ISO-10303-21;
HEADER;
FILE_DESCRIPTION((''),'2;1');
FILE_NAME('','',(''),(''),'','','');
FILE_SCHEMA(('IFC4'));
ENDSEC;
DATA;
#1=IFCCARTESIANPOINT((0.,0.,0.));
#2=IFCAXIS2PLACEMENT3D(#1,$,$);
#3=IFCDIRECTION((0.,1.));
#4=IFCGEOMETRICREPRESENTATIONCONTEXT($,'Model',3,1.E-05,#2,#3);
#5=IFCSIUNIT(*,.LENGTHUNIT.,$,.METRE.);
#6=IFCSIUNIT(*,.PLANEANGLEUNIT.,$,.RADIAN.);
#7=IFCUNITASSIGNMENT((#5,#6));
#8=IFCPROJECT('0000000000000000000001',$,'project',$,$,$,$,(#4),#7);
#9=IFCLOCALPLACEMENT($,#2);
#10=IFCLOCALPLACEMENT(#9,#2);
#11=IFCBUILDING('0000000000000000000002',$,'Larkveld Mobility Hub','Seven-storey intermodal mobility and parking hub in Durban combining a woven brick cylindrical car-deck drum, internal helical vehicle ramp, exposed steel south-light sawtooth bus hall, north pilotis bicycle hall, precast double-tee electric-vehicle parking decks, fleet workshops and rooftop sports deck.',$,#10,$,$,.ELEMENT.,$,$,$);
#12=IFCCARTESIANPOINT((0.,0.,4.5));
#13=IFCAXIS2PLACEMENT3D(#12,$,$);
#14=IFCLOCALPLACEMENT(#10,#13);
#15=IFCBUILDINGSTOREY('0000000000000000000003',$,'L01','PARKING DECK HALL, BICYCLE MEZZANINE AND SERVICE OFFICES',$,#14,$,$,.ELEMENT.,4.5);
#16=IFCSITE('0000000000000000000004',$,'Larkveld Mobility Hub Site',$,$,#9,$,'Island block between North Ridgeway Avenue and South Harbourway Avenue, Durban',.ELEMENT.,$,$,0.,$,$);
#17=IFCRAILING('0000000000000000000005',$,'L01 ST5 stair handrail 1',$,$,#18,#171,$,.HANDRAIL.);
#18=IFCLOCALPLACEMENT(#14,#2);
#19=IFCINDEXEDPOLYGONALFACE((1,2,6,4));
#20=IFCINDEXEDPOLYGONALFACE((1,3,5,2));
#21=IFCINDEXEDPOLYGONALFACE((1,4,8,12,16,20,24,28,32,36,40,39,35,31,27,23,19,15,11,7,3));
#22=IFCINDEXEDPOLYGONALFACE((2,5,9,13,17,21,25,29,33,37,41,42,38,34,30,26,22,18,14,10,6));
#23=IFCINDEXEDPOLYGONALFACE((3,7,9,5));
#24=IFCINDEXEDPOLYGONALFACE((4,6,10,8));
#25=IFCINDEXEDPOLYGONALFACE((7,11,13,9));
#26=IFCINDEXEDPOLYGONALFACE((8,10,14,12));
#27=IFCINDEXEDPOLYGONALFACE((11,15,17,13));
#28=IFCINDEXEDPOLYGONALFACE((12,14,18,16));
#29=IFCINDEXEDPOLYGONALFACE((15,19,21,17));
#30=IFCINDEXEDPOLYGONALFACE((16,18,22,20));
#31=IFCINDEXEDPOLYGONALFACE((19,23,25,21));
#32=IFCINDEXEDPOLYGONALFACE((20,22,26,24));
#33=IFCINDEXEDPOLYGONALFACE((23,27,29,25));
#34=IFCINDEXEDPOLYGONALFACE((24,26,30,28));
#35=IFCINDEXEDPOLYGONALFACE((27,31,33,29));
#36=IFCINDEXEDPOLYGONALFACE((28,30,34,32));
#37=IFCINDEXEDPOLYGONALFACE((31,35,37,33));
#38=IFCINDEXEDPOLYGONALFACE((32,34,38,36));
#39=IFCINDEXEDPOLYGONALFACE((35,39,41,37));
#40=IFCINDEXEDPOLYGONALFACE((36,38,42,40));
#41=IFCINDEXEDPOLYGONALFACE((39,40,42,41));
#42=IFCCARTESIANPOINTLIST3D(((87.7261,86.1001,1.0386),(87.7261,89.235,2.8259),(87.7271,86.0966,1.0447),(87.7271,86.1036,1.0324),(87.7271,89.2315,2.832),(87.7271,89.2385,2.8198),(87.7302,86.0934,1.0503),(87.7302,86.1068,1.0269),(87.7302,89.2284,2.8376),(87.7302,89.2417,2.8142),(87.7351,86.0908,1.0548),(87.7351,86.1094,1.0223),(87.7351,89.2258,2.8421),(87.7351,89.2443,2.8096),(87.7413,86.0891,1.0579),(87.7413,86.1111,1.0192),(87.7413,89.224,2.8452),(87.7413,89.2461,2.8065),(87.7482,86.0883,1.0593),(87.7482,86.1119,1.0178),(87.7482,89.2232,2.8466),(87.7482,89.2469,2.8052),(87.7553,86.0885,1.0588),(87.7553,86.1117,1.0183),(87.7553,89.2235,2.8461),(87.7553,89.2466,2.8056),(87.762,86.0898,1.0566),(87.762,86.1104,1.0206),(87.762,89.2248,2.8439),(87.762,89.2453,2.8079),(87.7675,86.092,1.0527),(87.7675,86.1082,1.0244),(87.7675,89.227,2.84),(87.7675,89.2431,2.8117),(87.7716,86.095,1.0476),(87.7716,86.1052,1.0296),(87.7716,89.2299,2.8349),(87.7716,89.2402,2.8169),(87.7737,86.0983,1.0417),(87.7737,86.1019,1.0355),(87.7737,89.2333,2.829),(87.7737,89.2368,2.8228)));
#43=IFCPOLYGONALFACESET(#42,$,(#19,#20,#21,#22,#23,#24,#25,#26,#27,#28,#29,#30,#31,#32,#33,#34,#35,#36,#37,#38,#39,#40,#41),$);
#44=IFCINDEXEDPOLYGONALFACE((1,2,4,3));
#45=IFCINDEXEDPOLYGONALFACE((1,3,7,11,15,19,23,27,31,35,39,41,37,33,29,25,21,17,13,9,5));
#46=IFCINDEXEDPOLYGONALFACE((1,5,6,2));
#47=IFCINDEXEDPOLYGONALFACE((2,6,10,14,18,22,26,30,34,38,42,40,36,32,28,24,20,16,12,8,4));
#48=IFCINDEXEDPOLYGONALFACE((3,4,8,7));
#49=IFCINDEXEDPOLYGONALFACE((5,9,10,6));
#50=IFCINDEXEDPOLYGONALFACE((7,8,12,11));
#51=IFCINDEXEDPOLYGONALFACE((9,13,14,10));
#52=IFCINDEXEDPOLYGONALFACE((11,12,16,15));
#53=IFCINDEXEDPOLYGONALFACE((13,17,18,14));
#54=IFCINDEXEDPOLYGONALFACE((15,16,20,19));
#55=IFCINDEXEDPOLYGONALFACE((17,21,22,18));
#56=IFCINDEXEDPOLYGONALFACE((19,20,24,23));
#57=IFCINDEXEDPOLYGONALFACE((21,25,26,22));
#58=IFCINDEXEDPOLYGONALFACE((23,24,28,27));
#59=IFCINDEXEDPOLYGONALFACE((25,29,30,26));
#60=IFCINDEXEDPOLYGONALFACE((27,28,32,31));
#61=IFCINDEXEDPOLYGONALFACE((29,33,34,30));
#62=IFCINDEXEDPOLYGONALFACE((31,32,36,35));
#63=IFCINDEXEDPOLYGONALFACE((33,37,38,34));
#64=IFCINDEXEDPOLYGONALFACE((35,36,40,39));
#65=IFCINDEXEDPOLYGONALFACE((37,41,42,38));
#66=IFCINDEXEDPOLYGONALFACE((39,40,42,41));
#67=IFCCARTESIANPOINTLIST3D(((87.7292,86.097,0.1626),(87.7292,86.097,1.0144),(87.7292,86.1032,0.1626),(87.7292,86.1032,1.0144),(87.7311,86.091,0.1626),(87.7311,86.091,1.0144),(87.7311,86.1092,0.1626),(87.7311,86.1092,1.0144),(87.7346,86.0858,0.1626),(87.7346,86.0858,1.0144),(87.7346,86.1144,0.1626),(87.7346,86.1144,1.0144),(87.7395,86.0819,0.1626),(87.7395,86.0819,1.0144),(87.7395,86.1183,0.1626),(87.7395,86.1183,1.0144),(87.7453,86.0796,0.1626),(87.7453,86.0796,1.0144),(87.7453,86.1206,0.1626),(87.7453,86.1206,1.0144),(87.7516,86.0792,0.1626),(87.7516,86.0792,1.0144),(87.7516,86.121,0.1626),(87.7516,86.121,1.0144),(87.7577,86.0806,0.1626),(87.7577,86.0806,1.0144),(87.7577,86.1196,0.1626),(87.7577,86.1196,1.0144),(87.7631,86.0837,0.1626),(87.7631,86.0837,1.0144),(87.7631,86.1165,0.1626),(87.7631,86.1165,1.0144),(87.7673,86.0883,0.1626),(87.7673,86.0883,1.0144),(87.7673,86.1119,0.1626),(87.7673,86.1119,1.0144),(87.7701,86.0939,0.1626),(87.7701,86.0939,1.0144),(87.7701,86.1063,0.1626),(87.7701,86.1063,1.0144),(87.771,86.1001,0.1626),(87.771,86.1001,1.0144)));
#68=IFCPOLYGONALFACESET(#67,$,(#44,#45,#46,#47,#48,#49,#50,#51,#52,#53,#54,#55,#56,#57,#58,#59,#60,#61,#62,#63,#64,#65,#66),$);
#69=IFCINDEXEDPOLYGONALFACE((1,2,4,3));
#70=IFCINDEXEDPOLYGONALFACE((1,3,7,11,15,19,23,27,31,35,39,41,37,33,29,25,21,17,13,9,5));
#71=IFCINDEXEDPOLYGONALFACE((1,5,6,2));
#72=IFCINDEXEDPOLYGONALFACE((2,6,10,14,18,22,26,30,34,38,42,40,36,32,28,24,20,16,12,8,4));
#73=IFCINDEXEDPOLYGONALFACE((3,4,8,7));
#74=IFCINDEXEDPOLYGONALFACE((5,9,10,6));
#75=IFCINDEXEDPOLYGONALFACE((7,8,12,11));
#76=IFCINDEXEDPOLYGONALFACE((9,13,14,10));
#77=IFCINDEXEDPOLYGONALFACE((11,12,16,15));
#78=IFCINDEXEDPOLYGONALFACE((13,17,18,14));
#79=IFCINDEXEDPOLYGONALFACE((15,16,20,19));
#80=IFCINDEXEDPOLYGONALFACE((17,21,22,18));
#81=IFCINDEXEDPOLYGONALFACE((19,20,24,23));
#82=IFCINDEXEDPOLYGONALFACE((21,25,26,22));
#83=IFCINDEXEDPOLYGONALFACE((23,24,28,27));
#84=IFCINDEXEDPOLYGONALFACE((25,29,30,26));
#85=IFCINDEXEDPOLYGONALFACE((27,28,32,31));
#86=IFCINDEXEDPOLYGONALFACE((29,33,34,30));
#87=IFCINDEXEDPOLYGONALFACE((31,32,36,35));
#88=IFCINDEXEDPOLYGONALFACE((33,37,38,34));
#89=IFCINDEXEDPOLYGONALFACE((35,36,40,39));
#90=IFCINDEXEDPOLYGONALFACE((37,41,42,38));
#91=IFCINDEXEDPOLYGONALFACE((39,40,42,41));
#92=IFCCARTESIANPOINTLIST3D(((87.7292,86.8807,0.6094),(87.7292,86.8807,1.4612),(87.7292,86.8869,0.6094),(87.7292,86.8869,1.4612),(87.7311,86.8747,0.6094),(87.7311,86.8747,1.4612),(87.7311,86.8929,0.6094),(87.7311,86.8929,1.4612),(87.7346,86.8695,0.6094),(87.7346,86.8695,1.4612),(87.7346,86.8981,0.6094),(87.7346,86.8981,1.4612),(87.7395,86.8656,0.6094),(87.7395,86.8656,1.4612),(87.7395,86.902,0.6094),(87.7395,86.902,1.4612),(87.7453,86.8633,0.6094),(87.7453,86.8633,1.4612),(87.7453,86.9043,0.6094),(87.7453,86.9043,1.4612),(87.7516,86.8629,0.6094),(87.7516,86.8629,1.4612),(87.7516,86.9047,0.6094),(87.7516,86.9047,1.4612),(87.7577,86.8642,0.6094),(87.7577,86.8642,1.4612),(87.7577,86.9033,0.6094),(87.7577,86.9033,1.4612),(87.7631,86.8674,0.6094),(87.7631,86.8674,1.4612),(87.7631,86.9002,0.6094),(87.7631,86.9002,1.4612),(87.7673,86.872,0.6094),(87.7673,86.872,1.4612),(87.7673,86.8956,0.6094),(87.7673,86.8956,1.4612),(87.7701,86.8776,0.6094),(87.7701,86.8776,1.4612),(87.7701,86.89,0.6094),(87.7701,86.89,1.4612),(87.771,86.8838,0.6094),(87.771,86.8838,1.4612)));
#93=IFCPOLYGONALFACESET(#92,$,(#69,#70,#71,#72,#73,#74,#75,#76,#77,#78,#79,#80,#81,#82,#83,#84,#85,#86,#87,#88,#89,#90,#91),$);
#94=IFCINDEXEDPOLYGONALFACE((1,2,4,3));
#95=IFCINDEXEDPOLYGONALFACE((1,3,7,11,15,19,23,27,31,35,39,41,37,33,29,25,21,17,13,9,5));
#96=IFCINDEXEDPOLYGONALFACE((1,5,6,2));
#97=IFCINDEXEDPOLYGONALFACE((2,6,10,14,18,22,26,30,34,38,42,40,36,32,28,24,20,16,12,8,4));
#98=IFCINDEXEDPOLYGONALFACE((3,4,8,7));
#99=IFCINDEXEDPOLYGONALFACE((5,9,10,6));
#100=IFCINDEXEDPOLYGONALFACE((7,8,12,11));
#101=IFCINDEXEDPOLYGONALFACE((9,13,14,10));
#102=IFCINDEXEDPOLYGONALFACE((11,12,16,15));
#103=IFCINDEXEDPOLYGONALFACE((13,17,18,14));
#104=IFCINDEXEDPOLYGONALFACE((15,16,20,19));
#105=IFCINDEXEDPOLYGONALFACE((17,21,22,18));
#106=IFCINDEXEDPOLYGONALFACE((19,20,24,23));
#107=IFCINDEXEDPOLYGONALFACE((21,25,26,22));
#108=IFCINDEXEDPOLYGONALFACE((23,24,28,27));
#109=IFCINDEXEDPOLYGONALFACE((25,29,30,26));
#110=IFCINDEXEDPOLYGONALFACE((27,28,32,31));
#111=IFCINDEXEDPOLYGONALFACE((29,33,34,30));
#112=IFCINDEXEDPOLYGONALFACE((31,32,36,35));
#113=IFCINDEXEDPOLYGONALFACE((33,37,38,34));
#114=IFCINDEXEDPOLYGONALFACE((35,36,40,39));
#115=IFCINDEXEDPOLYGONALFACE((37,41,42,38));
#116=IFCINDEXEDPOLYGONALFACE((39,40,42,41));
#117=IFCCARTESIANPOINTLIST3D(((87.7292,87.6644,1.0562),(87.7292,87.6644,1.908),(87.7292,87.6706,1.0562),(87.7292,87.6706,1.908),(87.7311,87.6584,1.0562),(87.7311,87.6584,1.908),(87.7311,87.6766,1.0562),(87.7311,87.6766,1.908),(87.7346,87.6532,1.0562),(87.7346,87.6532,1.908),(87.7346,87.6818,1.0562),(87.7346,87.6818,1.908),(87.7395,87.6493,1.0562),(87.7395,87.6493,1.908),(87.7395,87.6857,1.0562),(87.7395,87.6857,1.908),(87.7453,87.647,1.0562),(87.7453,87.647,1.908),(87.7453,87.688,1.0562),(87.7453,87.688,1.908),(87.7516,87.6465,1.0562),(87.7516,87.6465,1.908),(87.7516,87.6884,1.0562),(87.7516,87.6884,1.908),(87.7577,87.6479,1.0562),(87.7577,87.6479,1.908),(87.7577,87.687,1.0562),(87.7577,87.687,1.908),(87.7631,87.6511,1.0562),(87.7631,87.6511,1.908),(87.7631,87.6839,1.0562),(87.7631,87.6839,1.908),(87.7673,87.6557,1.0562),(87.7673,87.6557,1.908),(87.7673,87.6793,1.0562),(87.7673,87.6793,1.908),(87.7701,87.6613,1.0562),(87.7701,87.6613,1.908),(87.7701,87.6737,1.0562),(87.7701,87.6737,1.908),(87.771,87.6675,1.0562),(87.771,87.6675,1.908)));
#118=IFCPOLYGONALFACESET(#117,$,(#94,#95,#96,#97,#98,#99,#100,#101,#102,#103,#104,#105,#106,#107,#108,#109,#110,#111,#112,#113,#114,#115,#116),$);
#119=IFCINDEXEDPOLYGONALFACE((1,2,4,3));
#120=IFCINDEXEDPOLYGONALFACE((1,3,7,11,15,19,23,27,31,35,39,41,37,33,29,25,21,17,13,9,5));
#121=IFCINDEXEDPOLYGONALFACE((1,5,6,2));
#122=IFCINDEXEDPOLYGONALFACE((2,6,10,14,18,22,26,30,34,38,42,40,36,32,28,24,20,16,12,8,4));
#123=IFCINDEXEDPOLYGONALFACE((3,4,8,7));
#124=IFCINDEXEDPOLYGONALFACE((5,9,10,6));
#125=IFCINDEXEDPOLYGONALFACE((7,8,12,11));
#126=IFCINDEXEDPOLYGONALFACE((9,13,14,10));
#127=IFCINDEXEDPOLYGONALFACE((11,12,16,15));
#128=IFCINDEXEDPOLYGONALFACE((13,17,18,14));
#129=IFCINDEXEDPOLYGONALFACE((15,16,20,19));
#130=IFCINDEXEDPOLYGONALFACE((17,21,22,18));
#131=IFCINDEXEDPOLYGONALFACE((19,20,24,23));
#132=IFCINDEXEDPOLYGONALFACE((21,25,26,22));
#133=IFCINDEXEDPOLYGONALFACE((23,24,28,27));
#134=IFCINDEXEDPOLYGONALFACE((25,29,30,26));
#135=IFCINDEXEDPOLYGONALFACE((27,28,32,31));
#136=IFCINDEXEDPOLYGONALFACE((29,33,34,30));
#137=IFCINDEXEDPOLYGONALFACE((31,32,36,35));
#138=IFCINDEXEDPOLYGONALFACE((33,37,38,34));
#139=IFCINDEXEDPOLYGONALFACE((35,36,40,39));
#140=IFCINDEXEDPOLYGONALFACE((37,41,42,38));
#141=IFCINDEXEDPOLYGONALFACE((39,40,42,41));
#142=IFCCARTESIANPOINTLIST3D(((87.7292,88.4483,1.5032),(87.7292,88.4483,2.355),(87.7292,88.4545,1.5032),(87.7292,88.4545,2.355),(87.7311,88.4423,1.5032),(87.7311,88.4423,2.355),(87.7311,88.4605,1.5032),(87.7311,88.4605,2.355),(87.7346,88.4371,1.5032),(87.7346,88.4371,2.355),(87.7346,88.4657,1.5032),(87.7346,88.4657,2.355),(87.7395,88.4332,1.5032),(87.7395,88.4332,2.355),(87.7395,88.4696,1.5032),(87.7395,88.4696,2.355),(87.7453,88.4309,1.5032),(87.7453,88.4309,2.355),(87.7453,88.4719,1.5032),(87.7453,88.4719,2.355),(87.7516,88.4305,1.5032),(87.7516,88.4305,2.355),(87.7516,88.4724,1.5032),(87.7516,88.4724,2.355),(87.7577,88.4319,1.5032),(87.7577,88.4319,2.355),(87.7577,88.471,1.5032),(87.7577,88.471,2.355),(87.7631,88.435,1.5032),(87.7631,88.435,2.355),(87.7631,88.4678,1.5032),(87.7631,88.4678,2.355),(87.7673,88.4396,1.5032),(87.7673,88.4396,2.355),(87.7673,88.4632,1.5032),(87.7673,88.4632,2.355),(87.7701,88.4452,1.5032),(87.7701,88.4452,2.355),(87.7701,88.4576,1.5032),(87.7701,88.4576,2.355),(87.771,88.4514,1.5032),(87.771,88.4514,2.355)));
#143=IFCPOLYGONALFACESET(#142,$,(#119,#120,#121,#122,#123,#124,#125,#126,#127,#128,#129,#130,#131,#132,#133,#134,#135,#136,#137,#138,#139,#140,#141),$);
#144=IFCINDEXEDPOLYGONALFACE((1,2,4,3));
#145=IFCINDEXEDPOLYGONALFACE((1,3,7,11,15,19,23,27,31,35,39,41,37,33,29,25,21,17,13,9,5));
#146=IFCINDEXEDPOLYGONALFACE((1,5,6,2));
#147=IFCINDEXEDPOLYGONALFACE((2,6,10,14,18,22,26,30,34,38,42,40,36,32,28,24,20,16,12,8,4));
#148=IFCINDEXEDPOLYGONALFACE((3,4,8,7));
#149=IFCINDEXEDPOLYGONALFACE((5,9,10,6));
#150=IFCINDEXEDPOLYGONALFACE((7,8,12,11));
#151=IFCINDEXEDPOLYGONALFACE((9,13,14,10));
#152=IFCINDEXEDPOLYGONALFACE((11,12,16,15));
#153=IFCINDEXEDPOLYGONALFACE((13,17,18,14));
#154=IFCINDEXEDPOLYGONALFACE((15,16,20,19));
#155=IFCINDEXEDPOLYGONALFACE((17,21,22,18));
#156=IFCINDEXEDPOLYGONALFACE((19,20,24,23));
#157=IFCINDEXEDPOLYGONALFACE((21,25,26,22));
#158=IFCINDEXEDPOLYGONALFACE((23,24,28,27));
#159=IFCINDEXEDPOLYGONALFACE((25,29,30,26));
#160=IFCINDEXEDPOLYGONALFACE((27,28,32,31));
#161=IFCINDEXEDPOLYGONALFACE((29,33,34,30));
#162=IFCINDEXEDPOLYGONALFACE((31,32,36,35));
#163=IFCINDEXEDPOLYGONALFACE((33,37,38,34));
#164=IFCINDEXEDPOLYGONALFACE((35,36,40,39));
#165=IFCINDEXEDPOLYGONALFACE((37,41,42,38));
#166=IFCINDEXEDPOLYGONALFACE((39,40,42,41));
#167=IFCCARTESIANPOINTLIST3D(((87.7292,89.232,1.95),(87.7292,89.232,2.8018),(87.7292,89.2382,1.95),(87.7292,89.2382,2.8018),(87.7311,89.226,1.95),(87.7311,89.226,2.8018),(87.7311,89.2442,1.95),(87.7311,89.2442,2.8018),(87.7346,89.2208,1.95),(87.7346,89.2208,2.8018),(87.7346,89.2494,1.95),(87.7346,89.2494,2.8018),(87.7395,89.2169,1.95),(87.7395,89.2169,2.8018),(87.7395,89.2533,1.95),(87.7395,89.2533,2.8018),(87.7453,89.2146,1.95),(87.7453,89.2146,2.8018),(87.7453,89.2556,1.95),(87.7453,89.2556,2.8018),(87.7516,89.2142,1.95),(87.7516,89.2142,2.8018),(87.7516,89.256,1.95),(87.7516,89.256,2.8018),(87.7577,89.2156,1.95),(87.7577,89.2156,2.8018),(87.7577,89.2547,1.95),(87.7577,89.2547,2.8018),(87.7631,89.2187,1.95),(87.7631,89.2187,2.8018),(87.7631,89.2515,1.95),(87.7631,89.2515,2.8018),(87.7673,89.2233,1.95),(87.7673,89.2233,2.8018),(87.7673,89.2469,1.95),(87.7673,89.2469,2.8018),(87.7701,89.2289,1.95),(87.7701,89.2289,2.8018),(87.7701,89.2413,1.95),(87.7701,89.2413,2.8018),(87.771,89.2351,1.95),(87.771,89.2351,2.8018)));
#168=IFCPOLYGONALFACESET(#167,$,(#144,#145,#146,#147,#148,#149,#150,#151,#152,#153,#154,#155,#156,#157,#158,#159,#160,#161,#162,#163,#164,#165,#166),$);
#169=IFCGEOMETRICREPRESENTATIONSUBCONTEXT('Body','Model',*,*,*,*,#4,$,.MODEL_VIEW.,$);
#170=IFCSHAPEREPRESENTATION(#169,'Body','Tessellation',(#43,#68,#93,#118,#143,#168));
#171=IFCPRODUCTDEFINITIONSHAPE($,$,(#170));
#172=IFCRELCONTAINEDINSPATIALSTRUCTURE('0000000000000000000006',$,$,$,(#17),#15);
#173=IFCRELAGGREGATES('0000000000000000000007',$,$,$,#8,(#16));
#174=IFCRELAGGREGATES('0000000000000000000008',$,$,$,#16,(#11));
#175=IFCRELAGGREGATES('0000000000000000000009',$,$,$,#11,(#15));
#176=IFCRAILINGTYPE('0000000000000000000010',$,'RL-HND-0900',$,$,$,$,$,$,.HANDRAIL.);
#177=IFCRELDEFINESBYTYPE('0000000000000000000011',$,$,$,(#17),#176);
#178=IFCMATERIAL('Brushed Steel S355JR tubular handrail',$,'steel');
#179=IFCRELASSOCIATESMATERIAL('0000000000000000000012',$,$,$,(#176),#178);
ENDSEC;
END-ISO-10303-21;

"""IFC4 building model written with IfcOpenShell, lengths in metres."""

from ifc_helpers import new_model, si_unit, direction, frame, origin, origin_2d, place, context, subcontext, project, spatial, circle, extrude, material, type_object, element, save


model = new_model("IFC4")

# Units and contexts
model_context = context("Model", 3, precision=1e-05, world=origin(), true_north=direction((0.0, 1.0)))
body_context = subcontext(model_context, "Body", "Model", "MODEL_VIEW")
ifc_project = project(units=[si_unit("LENGTHUNIT", "METRE"), si_unit("PLANEANGLEUNIT", "RADIAN")], contexts=[model_context])

# Site, building, storey
site_placement = place(None, origin())
site = spatial("IfcSite", under=ifc_project, at=site_placement, Name="Larkveld Mobility Hub Site", LongName="Island block between North Ridgeway Avenue and South Harbourway Avenue, Durban", CompositionType="ELEMENT", RefElevation=0.0)
building_placement = place(site_placement, origin())
building = spatial("IfcBuilding", under=site, at=building_placement, Name="Larkveld Mobility Hub", Description="Seven-storey intermodal mobility and parking hub in Durban combining a woven brick cylindrical car-deck drum, internal helical vehicle ramp, exposed steel south-light sawtooth bus hall, north pilotis bicycle hall, precast double-tee electric-vehicle parking decks, fleet workshops and rooftop sports deck.", CompositionType="ELEMENT")
storey_placement = place(building_placement, frame((0.0, 0.0, 4.5)))
storey = spatial("IfcBuildingStorey", under=building, at=storey_placement, Name="L01", Description="PARKING DECK HALL, BICYCLE MEZZANINE AND SERVICE OFFICES", CompositionType="ELEMENT", Elevation=4.5)

# Railing
ifc_material_1 = material(Name="Brushed Steel S355JR tubular handrail", Category="steel")
railing_type_1 = type_object("IfcRailingType", Name="RL-HND-0900", PredefinedType="HANDRAIL", material=ifc_material_1)
railing_1_placement = place(storey_placement, frame((87.75, 86.1001, 0.1626)))
element("IfcRailing", 1, at=railing_1_placement, inside=storey, type_object=railing_type_1, Name="L01 ST5 stair handrail 1", PredefinedType="HANDRAIL", context=body_context, shape_type="SweptSolid", body=[
    extrude(circle(Radius=0.0239, at=origin_2d()), frame((0.0, 0.0, 0.876), z_axis=(0.0, 0.86873, 0.495286), x_axis=(-1.0, 0.0, 0.0)), (0.0, 0.0, 1.0), 3.6086),
    extrude(circle(Radius=0.021, at=origin_2d()), origin(), (0.0, 0.0, 1.0), 0.8518),
    extrude(circle(Radius=0.021, at=origin_2d()), frame((0.0, 0.7837, 0.4468)), (0.0, 0.0, 1.0), 0.8518),
    extrude(circle(Radius=0.021, at=origin_2d()), frame((0.0, 1.5674, 0.8936)), (0.0, 0.0, 1.0), 0.8518),
    extrude(circle(Radius=0.021, at=origin_2d()), frame((0.0, 2.3513, 1.3406)), (0.0, 0.0, 1.0), 0.8518),
    extrude(circle(Radius=0.021, at=origin_2d()), frame((0.0, 3.135, 1.7874)), (0.0, 0.0, 1.0), 0.8518),
])

save(model, "model.ifc")
